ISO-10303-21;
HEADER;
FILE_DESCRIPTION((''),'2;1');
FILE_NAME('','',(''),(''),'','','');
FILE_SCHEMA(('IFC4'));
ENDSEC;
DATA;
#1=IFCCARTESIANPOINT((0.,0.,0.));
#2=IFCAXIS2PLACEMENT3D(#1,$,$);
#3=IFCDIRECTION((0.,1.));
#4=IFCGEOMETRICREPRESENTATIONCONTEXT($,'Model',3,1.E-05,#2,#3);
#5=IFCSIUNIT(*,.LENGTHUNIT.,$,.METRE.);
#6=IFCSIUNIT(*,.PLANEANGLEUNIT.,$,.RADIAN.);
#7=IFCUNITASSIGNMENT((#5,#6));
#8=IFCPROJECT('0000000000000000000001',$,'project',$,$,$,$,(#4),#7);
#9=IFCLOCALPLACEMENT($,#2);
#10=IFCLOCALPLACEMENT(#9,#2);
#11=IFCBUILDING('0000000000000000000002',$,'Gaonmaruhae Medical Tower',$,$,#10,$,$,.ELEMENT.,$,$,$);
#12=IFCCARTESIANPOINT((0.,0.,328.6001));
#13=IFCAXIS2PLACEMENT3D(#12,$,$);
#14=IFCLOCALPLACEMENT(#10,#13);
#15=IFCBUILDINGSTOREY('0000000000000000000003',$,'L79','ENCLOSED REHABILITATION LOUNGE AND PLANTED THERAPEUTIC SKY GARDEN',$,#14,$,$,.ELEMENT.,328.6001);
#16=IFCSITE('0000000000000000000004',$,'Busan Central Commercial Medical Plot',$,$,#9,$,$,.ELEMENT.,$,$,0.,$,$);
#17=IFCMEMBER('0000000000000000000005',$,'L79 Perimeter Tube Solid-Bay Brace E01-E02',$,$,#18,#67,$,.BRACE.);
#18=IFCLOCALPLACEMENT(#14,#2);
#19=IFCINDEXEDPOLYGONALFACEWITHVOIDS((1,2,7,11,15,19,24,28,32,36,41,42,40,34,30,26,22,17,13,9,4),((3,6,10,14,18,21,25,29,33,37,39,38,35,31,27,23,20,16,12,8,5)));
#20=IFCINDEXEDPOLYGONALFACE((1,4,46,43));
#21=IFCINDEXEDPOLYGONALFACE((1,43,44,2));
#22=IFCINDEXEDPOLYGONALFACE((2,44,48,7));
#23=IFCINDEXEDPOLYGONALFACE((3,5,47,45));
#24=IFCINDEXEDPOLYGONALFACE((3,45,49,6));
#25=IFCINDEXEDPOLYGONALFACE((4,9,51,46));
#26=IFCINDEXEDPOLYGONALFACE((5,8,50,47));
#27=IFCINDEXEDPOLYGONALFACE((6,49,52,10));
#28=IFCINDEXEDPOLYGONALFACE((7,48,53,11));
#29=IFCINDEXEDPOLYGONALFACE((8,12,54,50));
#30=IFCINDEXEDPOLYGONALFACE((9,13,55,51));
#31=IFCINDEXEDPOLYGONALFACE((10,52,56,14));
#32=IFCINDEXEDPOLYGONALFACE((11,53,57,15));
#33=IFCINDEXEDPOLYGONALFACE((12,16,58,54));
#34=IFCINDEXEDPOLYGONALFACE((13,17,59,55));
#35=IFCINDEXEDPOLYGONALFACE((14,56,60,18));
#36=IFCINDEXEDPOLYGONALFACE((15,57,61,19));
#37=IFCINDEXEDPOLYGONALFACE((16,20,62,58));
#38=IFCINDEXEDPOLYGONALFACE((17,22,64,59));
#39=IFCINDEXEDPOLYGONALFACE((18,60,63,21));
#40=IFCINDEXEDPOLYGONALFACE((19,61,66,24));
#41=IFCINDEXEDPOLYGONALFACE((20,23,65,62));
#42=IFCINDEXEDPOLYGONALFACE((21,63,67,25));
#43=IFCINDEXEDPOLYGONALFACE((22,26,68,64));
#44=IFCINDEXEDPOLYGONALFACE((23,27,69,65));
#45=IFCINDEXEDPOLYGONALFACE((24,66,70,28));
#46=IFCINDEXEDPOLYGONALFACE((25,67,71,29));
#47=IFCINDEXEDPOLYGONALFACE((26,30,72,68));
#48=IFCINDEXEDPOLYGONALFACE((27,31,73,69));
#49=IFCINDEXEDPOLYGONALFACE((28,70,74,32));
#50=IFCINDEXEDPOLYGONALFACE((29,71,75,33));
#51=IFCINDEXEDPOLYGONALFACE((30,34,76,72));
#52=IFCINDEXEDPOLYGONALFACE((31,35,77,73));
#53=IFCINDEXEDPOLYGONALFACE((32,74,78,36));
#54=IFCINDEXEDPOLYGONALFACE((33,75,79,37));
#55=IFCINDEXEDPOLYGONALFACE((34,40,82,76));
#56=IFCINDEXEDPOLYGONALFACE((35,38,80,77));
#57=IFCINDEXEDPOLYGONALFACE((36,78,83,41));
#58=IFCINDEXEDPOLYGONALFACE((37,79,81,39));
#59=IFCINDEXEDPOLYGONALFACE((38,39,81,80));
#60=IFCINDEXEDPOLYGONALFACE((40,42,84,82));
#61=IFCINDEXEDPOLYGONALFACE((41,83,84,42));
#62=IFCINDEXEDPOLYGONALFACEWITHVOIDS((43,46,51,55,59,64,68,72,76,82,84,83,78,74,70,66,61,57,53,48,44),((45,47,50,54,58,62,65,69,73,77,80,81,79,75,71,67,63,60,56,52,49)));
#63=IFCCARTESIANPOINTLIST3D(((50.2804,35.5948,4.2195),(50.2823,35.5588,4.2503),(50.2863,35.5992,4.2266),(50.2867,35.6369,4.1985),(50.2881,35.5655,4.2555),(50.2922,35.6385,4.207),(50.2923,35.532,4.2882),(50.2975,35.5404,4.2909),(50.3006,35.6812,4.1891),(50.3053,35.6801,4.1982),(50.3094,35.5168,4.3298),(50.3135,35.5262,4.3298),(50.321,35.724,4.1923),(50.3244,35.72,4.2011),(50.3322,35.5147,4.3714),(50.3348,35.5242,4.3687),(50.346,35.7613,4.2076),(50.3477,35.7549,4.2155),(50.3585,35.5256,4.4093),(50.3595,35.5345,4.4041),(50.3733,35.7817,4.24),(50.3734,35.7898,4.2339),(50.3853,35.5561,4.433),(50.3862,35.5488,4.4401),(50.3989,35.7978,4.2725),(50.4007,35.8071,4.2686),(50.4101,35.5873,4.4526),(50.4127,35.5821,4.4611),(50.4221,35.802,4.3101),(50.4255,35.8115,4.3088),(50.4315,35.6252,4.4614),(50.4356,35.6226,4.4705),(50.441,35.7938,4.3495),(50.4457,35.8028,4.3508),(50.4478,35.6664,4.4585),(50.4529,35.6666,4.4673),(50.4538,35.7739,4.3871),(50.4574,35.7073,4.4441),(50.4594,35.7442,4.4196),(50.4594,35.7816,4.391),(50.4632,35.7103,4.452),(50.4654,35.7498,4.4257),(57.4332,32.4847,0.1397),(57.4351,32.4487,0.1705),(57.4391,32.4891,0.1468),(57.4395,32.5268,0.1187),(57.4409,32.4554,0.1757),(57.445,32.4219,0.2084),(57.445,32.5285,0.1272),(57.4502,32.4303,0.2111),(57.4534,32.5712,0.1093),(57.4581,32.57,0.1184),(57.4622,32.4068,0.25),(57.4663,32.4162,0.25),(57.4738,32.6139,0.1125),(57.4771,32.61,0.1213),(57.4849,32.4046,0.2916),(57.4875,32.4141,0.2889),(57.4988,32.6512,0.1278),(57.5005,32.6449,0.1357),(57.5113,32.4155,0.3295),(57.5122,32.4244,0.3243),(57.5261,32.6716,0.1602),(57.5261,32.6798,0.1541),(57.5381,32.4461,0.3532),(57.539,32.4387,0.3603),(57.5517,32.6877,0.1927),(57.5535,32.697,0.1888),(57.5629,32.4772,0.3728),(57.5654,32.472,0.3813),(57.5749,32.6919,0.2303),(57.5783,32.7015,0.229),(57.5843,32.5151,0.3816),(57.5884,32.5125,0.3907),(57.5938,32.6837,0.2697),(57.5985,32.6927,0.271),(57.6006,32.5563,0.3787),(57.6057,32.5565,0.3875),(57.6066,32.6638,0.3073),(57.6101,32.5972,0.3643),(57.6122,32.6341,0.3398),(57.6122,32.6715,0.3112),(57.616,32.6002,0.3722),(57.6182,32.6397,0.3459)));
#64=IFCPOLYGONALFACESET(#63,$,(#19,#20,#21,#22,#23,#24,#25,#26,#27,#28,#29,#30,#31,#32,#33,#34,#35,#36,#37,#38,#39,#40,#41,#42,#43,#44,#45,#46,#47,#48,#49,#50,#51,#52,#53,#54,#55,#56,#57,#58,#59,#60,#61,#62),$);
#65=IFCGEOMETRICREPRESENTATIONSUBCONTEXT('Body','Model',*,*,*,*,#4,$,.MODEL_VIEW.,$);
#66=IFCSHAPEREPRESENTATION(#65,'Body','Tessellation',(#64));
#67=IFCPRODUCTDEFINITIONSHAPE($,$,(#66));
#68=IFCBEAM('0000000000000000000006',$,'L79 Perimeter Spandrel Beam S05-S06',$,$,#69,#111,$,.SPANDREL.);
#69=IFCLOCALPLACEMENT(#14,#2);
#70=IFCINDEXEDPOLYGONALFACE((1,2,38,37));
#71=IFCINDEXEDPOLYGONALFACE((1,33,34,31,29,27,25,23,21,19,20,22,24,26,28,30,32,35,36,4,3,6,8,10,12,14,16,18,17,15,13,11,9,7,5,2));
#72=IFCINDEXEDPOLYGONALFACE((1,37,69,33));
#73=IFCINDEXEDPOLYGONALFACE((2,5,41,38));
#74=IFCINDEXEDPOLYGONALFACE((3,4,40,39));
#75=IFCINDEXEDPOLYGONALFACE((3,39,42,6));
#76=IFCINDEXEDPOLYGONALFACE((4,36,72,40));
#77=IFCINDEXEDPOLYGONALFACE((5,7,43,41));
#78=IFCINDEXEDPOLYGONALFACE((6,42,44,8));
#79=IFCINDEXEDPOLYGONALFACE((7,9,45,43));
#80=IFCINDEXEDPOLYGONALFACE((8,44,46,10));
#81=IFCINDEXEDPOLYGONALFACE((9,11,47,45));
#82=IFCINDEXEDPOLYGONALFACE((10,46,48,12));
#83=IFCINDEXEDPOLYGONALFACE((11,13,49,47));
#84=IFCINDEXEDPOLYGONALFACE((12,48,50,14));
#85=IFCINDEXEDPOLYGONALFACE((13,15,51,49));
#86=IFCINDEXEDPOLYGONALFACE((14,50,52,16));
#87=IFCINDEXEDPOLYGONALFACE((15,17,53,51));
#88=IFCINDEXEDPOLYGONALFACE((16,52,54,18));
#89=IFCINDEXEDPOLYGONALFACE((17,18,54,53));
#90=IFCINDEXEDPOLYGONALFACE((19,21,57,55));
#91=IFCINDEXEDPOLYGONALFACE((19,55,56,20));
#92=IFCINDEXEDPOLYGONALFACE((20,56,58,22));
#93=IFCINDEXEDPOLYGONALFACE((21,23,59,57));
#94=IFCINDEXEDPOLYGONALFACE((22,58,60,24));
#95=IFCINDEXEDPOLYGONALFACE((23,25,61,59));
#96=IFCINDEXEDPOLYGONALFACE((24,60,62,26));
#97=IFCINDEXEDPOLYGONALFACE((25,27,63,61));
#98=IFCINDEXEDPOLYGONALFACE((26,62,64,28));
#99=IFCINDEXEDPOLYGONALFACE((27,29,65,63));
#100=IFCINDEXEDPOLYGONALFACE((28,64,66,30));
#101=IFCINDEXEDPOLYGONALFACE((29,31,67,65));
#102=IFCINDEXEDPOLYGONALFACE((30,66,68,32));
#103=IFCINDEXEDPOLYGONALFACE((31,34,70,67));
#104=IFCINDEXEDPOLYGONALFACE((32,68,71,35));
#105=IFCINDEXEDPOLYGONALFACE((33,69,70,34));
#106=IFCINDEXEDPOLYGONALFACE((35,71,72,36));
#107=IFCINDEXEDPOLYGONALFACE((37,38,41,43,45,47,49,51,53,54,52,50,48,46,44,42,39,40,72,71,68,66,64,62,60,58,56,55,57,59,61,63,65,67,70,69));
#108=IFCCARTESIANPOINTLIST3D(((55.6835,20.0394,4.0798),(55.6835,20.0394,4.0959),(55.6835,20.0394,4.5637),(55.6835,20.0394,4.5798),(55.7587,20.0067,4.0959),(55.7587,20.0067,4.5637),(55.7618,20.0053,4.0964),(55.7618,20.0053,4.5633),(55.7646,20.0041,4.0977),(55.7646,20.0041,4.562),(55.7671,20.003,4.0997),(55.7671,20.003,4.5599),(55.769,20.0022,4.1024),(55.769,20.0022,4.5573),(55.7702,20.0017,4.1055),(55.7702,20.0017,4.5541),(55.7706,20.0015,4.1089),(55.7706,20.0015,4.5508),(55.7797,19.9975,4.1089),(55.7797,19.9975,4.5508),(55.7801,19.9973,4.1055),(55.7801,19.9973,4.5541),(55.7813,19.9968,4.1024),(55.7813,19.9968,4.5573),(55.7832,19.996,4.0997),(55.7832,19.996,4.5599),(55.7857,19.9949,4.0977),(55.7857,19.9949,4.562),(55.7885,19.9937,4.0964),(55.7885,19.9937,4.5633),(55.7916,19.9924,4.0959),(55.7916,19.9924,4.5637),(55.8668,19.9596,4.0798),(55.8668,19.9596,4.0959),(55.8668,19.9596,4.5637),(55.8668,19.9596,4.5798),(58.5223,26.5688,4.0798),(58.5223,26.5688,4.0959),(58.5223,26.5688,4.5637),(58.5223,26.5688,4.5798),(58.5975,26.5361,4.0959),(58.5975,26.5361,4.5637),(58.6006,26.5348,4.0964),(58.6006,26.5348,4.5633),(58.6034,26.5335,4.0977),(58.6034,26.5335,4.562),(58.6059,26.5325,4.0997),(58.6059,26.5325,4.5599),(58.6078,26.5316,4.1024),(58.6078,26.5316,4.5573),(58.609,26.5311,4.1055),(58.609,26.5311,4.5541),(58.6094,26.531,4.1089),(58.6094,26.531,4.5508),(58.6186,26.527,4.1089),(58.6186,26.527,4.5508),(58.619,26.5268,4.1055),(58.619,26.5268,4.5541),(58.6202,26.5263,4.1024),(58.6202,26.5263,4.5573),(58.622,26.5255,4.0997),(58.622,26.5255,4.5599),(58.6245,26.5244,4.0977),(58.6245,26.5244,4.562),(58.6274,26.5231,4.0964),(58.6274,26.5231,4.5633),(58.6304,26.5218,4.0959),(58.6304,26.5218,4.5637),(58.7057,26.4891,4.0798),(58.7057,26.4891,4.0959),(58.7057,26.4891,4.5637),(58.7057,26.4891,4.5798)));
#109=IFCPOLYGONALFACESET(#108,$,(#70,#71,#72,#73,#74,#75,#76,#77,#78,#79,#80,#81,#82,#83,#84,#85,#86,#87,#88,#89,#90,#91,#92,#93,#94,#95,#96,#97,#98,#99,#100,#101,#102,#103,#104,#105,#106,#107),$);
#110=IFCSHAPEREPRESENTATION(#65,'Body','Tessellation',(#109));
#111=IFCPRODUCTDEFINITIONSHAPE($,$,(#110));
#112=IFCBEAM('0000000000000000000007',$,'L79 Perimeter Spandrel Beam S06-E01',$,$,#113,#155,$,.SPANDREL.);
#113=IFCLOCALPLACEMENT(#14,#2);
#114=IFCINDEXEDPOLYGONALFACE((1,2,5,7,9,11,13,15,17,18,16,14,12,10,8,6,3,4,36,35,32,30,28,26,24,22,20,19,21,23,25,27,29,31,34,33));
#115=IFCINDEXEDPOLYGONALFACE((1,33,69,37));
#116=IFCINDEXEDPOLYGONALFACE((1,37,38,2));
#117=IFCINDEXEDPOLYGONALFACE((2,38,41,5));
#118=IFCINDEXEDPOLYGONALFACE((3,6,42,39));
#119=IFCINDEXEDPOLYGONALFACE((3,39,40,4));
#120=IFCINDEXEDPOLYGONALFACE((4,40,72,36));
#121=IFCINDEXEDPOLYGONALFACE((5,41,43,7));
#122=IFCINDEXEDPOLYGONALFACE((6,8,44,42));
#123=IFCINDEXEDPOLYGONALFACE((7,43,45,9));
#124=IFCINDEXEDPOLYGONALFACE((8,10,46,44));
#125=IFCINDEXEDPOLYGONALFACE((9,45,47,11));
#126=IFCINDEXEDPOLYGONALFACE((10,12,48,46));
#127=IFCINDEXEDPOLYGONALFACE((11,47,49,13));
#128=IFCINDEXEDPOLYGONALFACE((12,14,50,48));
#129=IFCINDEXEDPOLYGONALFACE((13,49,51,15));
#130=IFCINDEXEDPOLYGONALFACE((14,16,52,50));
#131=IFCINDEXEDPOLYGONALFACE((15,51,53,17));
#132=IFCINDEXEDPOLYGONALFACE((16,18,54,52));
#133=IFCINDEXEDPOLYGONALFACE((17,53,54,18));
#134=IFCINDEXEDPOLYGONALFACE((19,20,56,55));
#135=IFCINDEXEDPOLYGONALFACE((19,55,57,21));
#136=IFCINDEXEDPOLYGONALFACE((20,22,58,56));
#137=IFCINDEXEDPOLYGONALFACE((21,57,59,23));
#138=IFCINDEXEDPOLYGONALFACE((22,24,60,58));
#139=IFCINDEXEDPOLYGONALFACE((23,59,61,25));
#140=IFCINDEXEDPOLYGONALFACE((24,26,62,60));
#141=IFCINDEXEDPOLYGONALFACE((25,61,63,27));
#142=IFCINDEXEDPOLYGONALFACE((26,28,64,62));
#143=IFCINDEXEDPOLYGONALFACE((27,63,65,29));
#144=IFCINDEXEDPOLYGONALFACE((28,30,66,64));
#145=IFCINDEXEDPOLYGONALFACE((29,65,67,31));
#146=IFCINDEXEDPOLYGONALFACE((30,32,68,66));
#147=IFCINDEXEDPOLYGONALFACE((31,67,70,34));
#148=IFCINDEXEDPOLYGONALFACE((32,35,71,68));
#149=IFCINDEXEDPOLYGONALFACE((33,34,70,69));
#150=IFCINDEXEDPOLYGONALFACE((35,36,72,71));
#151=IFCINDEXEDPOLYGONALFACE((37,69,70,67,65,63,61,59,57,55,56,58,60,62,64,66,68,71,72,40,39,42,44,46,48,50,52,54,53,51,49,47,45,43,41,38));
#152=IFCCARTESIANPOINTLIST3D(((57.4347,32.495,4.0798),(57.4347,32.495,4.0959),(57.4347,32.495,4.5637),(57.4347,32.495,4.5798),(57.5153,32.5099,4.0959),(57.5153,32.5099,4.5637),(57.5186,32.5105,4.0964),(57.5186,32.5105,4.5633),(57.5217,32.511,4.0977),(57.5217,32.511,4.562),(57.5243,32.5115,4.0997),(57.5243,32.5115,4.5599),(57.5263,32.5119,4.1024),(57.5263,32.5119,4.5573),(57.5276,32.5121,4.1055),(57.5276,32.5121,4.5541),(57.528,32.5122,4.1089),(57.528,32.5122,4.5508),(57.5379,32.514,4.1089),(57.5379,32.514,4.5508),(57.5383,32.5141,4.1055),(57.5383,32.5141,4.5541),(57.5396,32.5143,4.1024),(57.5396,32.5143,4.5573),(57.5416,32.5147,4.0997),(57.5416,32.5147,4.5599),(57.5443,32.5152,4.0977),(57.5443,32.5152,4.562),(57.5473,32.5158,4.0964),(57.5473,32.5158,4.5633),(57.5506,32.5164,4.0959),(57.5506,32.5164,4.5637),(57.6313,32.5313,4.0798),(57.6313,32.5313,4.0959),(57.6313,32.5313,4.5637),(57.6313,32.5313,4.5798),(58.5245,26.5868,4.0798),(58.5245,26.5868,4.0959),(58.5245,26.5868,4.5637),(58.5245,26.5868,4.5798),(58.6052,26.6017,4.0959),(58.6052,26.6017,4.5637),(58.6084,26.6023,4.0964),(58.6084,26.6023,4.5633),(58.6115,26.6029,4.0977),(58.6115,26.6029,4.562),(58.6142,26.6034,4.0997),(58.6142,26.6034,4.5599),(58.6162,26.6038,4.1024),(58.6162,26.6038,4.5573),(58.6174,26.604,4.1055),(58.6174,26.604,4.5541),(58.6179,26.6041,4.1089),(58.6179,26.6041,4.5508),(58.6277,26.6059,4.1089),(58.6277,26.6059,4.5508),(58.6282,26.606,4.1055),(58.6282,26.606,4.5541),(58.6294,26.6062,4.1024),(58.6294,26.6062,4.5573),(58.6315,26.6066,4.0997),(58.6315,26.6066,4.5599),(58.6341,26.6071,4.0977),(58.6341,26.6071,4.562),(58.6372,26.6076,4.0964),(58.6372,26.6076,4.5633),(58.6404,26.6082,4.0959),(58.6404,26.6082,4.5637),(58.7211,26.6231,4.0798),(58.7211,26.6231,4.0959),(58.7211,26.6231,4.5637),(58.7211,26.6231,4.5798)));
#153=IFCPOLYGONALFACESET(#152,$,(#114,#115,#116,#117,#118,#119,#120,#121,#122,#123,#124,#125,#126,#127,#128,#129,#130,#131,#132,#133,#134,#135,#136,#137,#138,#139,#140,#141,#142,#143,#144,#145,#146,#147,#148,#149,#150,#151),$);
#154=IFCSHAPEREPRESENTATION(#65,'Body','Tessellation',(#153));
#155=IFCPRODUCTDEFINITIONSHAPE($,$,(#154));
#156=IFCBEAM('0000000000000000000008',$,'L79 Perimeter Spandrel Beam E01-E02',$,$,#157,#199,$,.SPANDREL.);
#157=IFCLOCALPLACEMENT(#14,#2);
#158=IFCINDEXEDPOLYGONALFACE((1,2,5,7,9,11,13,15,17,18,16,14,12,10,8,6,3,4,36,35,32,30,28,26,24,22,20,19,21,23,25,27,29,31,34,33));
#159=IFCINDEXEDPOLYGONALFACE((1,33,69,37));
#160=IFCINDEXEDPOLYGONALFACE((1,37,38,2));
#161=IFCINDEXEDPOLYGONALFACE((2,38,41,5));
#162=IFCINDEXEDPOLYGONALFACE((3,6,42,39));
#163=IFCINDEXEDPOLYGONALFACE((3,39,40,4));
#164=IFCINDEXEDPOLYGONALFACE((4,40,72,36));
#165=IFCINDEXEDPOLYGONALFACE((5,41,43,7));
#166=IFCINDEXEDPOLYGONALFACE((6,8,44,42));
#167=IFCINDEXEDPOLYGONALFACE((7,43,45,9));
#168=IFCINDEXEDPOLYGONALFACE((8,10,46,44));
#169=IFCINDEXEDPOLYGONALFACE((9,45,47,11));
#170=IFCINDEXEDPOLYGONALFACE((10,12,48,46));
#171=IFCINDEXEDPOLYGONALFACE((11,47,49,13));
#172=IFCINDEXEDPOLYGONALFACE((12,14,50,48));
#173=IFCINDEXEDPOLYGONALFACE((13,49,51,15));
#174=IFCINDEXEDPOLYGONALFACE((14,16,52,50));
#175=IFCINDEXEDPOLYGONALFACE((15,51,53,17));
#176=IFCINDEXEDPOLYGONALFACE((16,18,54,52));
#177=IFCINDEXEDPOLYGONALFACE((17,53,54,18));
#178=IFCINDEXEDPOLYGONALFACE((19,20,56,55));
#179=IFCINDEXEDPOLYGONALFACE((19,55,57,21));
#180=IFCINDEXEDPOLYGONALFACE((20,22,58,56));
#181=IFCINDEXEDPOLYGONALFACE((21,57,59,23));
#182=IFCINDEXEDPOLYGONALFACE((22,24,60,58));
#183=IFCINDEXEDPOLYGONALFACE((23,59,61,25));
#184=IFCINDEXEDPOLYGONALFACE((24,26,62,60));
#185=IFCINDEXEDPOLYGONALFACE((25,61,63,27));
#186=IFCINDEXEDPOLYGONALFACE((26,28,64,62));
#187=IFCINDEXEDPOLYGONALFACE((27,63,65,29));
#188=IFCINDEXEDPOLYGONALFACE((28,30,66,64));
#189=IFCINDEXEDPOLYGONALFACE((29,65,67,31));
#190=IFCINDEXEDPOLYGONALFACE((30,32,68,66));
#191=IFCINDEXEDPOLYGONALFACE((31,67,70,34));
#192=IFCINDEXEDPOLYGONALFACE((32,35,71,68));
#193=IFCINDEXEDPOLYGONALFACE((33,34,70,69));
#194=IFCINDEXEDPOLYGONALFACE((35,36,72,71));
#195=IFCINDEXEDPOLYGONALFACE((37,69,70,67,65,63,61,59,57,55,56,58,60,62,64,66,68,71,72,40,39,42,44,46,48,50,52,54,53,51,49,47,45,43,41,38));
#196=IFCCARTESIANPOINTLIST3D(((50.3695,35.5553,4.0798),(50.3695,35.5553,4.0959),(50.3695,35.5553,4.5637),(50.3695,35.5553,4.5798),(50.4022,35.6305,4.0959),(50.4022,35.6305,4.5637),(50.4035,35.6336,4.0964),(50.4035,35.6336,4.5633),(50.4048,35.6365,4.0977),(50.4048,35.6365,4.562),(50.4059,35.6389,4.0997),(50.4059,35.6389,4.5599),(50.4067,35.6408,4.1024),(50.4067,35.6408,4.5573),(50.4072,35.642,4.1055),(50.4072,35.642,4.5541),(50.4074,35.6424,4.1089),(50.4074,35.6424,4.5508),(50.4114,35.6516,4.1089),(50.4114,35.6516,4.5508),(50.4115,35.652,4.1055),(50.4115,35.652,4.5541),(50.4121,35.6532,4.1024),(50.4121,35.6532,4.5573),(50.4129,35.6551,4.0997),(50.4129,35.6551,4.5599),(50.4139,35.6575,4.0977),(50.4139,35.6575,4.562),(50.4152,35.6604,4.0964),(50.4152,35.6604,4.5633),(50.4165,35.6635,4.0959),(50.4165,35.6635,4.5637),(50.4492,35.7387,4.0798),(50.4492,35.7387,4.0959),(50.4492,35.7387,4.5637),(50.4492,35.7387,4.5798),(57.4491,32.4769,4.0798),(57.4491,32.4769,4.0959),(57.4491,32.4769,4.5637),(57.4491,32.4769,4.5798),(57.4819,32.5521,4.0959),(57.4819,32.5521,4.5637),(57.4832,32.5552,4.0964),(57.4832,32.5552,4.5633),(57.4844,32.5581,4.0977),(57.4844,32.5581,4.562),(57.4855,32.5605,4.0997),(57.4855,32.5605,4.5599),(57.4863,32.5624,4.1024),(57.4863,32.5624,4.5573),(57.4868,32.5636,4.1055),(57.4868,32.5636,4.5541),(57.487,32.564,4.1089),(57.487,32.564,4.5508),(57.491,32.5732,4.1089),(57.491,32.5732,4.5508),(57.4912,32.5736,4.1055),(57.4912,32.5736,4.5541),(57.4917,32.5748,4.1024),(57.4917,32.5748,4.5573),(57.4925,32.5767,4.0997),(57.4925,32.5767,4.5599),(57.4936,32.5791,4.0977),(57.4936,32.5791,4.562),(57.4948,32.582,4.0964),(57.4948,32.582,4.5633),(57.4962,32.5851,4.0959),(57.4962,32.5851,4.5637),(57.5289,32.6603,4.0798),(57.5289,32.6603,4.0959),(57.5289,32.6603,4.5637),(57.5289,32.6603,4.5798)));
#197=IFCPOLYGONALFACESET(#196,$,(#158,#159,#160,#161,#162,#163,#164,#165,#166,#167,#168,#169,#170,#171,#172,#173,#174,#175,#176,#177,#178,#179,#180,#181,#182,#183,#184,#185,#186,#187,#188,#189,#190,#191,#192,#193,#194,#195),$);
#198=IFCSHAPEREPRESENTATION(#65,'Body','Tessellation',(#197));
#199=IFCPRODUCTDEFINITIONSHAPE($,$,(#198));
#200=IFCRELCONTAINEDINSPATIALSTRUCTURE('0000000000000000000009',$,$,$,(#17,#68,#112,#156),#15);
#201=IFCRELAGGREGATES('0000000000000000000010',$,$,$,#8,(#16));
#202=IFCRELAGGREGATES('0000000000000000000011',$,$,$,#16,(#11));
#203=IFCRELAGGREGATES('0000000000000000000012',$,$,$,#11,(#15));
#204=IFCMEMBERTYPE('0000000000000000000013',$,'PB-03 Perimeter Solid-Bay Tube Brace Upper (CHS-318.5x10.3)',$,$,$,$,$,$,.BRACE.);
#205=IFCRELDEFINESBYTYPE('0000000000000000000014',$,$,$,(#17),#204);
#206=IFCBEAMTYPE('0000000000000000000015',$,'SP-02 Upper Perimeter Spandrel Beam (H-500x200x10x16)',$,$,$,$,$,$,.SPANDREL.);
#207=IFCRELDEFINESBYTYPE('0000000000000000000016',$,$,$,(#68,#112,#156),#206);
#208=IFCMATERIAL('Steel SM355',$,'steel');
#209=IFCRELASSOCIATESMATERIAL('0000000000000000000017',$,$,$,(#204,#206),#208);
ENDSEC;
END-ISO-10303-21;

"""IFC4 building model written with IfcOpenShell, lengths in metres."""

from ifc_helpers import new_model, si_unit, direction, frame, origin, origin_2d, place, context, subcontext, project, spatial, hollow_circle, i_section, extrude, material, material_profile, profile_set, type_object, element, save


model = new_model("IFC4")

# Units and contexts
model_context = context("Model", 3, precision=1e-05, world=origin(), true_north=direction((0.0, 1.0)))
body_context = subcontext(model_context, "Body", "Model", "MODEL_VIEW")
ifc_project = project(units=[si_unit("LENGTHUNIT", "METRE"), si_unit("PLANEANGLEUNIT", "RADIAN")], contexts=[model_context])

# Site, building, storey
site_placement = place(None, origin())
site = spatial("IfcSite", under=ifc_project, at=site_placement, Name="Busan Central Commercial Medical Plot", CompositionType="ELEMENT", RefElevation=0.0)
building_placement = place(site_placement, origin())
building = spatial("IfcBuilding", under=site, at=building_placement, Name="Gaonmaruhae Medical Tower", CompositionType="ELEMENT")
storey_placement = place(building_placement, frame((0.0, 0.0, 328.6001)))
storey = spatial("IfcBuildingStorey", under=building, at=storey_placement, Name="L79", Description="ENCLOSED REHABILITATION LOUNGE AND PLANTED THERAPEUTIC SKY GARDEN", CompositionType="ELEMENT", Elevation=328.6001)

# Member
ifc_material_1 = material(Name="Steel SM355", Category="steel")
ifc_material_profile_1 = material_profile(ifc_material_1, hollow_circle(Radius=0.1592, WallThickness=0.0103, at=origin_2d()), Name="CHS-318.5x10.3")
ifc_profile_set_1 = profile_set([ifc_material_profile_1], Name="Steel SM355")
member_type_1 = type_object("IfcMemberType", Name="PB-03 Perimeter Solid-Bay Tube Brace Upper (CHS-318.5x10.3)", PredefinedType="BRACE", material=ifc_profile_set_1)
member_1_placement = place(storey_placement, frame((57.5256, 32.5527, 0.25), z_axis=(-0.812608, 0.353328, 0.463495), x_axis=(-0.398746, -0.917062, 0.0)))
element("IfcMember", 1, at=member_1_placement, inside=storey, type_object=member_type_1, Name="L79 Perimeter Tube Solid-Bay Brace E01-E02", PredefinedType="BRACE", context=body_context, shape_type="SweptSolid", body=[
    extrude(hollow_circle(Radius=0.1592, WallThickness=0.0103, at=origin_2d()), origin(), (0.0, 0.0, 1.0), 8.8022),
])

# Beams
ifc_material_profile_2 = material_profile(ifc_material_1, i_section(OverallWidth=0.2, OverallDepth=0.5, WebThickness=0.01, FlangeThickness=0.0161, FilletRadius=0.0129, at=origin_2d()), Name="H-500x200x10x16")
ifc_profile_set_2 = profile_set([ifc_material_profile_2], Name="Steel SM355")
beam_type = type_object("IfcBeamType", Name="SP-02 Upper Perimeter Spandrel Beam (H-500x200x10x16)", PredefinedType="SPANDREL", material=ifc_profile_set_2)
beam_1_placement = place(storey_placement, frame((55.7751, 19.9995, 4.3298), z_axis=(0.398719, 0.917073, 0.0), x_axis=(-0.917073, 0.398719, 0.0)))
element("IfcBeam", 2, at=beam_1_placement, inside=storey, type_object=beam_type, Name="L79 Perimeter Spandrel Beam S05-S06", PredefinedType="SPANDREL", context=body_context, shape_type="SweptSolid", body=[
    extrude(i_section(OverallWidth=0.2, OverallDepth=0.5, WebThickness=0.01, FlangeThickness=0.0161, FilletRadius=0.0129, at=origin_2d()), origin(), (0.0, 0.0, 1.0), 7.1199),
])
beam_2_placement = place(storey_placement, frame((58.6228, 26.605, 4.3298), z_axis=(-0.181402, 0.983409, 0.0), x_axis=(-0.983409, -0.181402, 0.0)))
element("IfcBeam", 3, at=beam_2_placement, inside=storey, type_object=beam_type, Name="L79 Perimeter Spandrel Beam S06-E01", PredefinedType="SPANDREL", context=body_context, shape_type="SweptSolid", body=[
    extrude(i_section(OverallWidth=0.2, OverallDepth=0.5, WebThickness=0.01, FlangeThickness=0.0161, FilletRadius=0.0129, at=origin_2d()), origin(), (0.0, 0.0, 1.0), 6.0078),
])
beam_3_placement = place(storey_placement, frame((57.489, 32.5686, 4.3298), z_axis=(-0.917056, 0.398757, 0.0), x_axis=(-0.398757, -0.917056, 0.0)))
element("IfcBeam", 4, at=beam_3_placement, inside=storey, type_object=beam_type, Name="L79 Perimeter Spandrel Beam E01-E02", PredefinedType="SPANDREL", context=body_context, shape_type="SweptSolid", body=[
    extrude(i_section(OverallWidth=0.2, OverallDepth=0.5, WebThickness=0.01, FlangeThickness=0.0161, FilletRadius=0.0129, at=origin_2d()), origin(), (0.0, 0.0, 1.0), 7.72),
])

save(model, "model.ifc")
